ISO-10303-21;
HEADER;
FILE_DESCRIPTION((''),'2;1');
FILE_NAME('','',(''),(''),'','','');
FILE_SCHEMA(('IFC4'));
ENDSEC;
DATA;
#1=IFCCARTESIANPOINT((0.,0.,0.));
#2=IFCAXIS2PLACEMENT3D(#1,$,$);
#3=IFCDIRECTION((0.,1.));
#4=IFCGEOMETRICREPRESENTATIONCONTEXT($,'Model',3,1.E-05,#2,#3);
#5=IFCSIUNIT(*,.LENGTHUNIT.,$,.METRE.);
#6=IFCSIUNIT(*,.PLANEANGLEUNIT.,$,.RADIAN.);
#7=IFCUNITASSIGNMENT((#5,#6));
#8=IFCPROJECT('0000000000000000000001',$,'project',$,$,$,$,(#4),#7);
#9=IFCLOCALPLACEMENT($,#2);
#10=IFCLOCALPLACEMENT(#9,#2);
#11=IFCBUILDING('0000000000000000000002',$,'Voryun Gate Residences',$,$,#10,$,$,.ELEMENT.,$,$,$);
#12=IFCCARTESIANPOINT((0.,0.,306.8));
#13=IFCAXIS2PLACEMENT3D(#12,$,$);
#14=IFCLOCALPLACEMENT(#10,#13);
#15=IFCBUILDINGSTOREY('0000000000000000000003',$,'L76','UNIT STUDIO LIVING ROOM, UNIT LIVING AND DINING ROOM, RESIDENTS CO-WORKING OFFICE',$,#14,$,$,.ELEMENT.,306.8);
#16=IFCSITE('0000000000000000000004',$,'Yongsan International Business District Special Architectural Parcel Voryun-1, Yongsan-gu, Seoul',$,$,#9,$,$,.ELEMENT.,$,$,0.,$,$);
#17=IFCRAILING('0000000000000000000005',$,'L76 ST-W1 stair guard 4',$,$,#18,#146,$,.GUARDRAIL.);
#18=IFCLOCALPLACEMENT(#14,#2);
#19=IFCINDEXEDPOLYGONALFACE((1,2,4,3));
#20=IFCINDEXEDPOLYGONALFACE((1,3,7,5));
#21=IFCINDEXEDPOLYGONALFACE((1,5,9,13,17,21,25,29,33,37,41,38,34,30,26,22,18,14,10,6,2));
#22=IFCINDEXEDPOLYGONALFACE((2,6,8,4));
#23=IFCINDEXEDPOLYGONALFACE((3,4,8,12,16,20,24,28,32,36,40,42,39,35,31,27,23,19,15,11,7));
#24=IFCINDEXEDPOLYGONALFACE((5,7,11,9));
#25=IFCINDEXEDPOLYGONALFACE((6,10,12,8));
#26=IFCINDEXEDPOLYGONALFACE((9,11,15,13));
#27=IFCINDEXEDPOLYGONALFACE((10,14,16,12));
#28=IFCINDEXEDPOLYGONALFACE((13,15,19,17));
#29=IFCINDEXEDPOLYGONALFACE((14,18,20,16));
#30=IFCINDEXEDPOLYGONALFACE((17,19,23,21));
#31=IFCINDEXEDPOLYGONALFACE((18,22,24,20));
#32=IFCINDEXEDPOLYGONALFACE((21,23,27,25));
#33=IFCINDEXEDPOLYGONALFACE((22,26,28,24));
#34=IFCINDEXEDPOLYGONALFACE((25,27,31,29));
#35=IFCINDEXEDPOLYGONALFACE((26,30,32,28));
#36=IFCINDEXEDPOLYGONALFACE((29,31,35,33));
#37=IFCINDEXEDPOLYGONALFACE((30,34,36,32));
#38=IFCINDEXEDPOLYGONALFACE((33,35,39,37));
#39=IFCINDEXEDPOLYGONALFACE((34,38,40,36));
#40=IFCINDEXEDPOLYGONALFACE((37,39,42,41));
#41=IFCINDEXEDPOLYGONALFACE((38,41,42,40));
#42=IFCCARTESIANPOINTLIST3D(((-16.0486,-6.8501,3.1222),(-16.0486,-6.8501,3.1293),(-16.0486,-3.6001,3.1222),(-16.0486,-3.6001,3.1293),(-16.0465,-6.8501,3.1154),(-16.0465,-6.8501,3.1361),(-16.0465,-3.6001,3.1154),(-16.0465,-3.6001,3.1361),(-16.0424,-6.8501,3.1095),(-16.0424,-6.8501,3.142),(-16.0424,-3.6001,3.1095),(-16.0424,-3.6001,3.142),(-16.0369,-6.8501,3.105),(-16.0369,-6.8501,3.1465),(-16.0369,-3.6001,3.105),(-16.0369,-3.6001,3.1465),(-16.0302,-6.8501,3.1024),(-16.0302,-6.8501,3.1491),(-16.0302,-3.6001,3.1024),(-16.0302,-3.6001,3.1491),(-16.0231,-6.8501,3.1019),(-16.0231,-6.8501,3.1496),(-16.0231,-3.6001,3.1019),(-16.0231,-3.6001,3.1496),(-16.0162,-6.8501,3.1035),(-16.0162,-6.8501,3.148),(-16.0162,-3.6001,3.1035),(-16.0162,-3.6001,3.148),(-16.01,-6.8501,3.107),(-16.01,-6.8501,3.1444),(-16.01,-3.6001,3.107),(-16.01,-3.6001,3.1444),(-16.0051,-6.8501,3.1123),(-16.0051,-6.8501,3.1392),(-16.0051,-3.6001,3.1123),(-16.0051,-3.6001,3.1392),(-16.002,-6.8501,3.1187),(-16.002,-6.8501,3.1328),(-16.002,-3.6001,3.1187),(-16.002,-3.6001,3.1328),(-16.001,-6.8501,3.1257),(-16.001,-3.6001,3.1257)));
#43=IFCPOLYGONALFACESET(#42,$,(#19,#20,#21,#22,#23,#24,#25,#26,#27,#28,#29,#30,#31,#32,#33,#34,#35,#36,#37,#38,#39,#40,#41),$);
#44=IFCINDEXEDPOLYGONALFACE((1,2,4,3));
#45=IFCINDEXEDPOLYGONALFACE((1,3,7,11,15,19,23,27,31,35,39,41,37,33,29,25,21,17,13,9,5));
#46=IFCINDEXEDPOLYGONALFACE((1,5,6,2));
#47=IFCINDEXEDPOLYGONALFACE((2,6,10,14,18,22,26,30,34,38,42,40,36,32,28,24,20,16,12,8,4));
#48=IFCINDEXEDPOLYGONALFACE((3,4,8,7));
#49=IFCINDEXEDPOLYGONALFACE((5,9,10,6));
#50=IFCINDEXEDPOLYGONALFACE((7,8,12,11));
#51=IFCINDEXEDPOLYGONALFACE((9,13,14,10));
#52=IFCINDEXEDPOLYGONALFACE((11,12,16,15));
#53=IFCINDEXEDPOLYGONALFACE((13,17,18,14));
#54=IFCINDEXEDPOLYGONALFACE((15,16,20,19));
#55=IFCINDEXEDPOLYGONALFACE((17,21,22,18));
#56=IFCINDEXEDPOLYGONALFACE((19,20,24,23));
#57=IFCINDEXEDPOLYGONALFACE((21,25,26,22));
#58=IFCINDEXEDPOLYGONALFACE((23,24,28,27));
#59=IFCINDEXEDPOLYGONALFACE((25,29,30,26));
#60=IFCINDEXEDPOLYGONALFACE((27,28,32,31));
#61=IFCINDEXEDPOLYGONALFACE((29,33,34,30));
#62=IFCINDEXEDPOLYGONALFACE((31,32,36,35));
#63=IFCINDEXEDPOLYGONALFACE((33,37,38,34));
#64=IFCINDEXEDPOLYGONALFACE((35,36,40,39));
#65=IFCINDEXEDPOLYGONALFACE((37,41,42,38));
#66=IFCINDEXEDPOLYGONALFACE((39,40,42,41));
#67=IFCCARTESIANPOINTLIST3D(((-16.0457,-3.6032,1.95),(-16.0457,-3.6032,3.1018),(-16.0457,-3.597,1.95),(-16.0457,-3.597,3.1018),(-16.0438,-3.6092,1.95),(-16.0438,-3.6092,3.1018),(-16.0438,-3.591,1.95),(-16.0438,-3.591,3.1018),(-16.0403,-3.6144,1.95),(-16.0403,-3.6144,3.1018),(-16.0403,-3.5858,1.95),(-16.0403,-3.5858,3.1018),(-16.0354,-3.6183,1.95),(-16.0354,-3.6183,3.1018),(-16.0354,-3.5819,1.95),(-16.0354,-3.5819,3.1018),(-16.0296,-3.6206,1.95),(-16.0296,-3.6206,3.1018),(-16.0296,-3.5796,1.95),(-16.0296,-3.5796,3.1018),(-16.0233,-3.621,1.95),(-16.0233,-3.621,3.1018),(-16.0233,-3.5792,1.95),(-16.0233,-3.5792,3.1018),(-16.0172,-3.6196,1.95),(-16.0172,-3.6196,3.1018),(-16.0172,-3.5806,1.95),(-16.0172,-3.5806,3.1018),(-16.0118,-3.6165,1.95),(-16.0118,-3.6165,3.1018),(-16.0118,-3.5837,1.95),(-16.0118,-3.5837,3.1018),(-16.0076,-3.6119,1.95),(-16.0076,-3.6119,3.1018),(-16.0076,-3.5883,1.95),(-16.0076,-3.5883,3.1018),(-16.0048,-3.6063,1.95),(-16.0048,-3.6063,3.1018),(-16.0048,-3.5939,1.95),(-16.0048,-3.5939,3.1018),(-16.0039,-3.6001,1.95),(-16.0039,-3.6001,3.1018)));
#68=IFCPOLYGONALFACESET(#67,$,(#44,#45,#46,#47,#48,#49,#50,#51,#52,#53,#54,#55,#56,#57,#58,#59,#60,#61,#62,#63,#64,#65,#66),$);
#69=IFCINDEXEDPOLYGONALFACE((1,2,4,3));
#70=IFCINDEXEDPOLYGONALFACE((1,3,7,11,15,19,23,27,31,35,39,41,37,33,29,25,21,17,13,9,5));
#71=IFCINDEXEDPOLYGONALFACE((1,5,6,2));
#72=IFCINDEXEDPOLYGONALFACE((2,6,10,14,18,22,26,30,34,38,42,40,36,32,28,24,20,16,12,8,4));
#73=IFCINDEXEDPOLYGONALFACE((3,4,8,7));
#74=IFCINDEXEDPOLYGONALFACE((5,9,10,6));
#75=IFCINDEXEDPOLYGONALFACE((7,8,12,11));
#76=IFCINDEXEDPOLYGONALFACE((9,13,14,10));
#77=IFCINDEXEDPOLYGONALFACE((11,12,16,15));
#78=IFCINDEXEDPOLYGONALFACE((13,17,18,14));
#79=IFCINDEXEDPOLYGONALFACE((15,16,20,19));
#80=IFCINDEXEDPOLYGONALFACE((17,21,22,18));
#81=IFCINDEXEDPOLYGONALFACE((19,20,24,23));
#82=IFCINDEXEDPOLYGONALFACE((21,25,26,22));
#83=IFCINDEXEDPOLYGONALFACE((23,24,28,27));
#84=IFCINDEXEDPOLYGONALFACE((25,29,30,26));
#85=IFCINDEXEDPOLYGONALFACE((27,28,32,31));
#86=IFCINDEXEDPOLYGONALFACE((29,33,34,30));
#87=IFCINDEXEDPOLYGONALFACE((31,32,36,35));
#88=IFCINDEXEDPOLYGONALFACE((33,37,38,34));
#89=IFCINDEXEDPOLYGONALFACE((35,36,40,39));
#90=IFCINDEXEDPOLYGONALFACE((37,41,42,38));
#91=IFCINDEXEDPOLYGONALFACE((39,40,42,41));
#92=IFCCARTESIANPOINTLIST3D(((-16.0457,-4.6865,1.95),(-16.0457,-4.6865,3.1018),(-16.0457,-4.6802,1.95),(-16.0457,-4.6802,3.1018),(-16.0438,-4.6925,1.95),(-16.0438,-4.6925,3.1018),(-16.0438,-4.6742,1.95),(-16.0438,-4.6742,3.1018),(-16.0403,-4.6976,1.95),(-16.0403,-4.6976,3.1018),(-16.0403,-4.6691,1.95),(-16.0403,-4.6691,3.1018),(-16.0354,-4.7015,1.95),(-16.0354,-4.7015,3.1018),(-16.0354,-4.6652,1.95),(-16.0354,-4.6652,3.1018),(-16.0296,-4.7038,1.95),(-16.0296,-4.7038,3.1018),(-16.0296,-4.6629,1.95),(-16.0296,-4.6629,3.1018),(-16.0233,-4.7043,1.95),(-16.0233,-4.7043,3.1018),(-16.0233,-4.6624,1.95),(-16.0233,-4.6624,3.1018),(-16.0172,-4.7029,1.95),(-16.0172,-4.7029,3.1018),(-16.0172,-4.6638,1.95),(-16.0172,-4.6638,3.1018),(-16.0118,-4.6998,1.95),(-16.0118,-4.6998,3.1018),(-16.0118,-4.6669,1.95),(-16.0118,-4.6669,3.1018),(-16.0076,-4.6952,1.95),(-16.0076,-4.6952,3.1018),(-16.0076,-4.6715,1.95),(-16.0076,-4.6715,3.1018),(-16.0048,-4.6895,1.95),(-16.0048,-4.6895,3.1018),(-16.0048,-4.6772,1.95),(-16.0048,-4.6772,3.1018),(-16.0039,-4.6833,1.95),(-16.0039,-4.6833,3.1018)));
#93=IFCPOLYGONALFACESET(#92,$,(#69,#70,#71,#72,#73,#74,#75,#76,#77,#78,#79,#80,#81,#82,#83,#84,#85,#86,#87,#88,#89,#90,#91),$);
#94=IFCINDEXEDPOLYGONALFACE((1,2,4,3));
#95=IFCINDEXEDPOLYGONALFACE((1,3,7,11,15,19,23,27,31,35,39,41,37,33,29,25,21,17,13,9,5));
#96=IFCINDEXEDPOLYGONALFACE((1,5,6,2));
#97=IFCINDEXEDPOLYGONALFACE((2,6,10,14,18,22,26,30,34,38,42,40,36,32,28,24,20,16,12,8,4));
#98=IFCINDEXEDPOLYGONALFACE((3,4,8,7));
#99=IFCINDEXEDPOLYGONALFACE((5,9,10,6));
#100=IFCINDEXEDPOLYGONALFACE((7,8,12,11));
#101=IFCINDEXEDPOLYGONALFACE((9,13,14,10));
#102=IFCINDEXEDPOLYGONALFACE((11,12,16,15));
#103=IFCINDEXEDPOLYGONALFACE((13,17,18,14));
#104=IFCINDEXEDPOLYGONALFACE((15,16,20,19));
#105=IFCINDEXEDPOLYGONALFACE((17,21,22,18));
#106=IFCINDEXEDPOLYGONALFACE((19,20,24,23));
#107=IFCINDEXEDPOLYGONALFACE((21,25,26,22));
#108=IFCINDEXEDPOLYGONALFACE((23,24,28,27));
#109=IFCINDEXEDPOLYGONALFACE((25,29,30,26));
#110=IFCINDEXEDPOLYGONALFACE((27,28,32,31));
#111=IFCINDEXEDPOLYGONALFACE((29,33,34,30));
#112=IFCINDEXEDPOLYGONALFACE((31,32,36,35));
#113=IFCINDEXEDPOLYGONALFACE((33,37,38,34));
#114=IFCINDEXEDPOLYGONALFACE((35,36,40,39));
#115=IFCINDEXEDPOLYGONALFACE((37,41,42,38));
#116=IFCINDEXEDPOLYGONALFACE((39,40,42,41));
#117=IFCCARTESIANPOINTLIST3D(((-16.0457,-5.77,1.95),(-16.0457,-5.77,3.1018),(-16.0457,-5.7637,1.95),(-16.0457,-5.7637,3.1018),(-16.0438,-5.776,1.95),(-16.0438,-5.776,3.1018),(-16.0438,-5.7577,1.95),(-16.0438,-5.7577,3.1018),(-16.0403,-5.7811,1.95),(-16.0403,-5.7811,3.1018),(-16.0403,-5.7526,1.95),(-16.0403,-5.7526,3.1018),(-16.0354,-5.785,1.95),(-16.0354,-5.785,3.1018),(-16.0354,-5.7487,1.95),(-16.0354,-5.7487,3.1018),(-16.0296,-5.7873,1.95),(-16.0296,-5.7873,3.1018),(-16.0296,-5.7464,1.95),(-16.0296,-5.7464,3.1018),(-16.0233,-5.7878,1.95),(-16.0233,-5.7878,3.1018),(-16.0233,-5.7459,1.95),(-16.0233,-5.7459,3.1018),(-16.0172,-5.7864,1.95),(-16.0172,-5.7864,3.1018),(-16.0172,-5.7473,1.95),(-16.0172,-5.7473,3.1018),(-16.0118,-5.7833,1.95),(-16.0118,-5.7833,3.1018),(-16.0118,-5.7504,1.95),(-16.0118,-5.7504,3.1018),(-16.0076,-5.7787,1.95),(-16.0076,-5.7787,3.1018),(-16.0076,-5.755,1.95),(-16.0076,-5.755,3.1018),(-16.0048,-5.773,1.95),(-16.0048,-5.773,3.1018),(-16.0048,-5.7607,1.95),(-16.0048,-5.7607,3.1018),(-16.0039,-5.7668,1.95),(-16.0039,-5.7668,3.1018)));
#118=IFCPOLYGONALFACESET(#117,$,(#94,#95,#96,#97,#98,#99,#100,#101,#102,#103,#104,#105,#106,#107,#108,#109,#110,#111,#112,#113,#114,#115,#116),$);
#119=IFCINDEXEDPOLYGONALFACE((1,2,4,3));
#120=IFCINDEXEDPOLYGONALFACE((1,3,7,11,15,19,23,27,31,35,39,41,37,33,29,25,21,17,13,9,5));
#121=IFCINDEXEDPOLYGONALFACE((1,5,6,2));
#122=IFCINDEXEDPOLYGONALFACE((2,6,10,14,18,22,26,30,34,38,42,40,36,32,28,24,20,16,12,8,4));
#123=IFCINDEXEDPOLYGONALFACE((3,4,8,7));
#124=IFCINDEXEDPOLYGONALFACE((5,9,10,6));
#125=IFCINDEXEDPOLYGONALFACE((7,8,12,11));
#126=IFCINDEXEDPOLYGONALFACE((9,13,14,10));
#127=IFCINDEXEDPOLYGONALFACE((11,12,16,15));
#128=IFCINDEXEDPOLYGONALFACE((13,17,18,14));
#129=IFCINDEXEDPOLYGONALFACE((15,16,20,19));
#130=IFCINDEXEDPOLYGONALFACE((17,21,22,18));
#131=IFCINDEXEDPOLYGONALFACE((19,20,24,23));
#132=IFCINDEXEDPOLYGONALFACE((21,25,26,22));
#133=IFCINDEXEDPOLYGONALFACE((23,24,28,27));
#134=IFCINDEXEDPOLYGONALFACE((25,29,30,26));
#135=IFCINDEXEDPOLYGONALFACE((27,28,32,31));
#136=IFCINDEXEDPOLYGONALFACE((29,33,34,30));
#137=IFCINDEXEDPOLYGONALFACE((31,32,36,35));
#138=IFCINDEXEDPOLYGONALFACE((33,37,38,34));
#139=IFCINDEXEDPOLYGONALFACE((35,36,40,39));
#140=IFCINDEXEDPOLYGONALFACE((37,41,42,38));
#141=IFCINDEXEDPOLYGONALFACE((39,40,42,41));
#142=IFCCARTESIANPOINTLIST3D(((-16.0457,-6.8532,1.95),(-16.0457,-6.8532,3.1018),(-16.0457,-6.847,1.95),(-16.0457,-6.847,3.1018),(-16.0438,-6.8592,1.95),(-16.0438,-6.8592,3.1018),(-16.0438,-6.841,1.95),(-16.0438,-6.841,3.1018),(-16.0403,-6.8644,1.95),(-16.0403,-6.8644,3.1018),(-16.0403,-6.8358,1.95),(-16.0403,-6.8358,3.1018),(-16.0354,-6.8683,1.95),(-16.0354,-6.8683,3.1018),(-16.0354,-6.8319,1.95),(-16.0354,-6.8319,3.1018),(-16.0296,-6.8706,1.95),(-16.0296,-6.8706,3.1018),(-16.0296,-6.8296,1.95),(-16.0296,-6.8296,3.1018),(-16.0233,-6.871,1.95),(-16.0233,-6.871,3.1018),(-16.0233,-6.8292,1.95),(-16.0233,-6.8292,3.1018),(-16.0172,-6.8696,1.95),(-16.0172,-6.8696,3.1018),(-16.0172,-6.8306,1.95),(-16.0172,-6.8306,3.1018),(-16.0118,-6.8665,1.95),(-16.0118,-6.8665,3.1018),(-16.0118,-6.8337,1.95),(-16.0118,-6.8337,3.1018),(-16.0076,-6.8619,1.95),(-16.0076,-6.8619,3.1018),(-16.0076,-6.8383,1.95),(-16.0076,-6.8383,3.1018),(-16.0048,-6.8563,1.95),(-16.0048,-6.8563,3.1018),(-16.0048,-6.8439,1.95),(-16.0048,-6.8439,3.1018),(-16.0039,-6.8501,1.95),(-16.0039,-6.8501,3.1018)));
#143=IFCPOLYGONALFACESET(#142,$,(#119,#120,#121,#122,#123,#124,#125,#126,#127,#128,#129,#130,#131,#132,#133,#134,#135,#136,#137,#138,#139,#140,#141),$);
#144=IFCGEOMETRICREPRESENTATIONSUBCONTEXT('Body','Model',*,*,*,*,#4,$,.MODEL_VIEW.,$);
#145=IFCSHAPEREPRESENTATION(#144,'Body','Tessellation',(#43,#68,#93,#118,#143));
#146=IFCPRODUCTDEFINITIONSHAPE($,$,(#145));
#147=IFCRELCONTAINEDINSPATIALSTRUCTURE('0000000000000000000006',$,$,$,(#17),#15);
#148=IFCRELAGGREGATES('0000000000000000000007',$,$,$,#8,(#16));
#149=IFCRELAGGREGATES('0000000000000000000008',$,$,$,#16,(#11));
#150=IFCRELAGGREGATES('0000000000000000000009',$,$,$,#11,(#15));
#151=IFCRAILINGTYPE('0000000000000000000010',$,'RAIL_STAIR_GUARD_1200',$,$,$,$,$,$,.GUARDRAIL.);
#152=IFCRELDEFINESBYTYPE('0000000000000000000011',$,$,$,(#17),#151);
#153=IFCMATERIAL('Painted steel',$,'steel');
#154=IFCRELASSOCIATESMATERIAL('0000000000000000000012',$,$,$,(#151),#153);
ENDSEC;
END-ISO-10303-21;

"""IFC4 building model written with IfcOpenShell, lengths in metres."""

from ifc_helpers import new_model, si_unit, direction, frame, origin, origin_2d, place, context, subcontext, project, spatial, circle, extrude, material, type_object, element, save


model = new_model("IFC4")

# Units and contexts
model_context = context("Model", 3, precision=1e-05, world=origin(), true_north=direction((0.0, 1.0)))
body_context = subcontext(model_context, "Body", "Model", "MODEL_VIEW")
ifc_project = project(units=[si_unit("LENGTHUNIT", "METRE"), si_unit("PLANEANGLEUNIT", "RADIAN")], contexts=[model_context])

# Site, building, storey
site_placement = place(None, origin())
site = spatial("IfcSite", under=ifc_project, at=site_placement, Name="Yongsan International Business District Special Architectural Parcel Voryun-1, Yongsan-gu, Seoul", CompositionType="ELEMENT", RefElevation=0.0)
building_placement = place(site_placement, origin())
building = spatial("IfcBuilding", under=site, at=building_placement, Name="Voryun Gate Residences", CompositionType="ELEMENT")
storey_placement = place(building_placement, frame((0.0, 0.0, 306.8)))
storey = spatial("IfcBuildingStorey", under=building, at=storey_placement, Name="L76", Description="UNIT STUDIO LIVING ROOM, UNIT LIVING AND DINING ROOM, RESIDENTS CO-WORKING OFFICE", CompositionType="ELEMENT", Elevation=306.8)

# Railing
ifc_material_1 = material(Name="Painted steel", Category="steel")
railing_type_1 = type_object("IfcRailingType", Name="RAIL_STAIR_GUARD_1200", PredefinedType="GUARDRAIL", material=ifc_material_1)
railing_1_placement = place(storey_placement, frame((-16.0249, -3.6001, 1.95)))
element("IfcRailing", 1, at=railing_1_placement, inside=storey, type_object=railing_type_1, Name="L76 ST-W1 stair guard 4", PredefinedType="GUARDRAIL", context=body_context, shape_type="SweptSolid", body=[
    extrude(circle(Radius=0.0239, at=origin_2d()), frame((0.0, 0.0, 1.1758), z_axis=(0.0, -1.0, 0.0), x_axis=(1.0, 0.0, 0.0)), (0.0, 0.0, 1.0), 3.25),
    extrude(circle(Radius=0.021, at=origin_2d()), origin(), (0.0, 0.0, 1.0), 1.1519),
    extrude(circle(Radius=0.021, at=origin_2d()), frame((0.0, -1.0833, 0.0)), (0.0, 0.0, 1.0), 1.1519),
    extrude(circle(Radius=0.021, at=origin_2d()), frame((0.0, -2.1667, 0.0)), (0.0, 0.0, 1.0), 1.1519),
    extrude(circle(Radius=0.021, at=origin_2d()), frame((0.0, -3.25, 0.0)), (0.0, 0.0, 1.0), 1.1519),
])

save(model, "model.ifc")
